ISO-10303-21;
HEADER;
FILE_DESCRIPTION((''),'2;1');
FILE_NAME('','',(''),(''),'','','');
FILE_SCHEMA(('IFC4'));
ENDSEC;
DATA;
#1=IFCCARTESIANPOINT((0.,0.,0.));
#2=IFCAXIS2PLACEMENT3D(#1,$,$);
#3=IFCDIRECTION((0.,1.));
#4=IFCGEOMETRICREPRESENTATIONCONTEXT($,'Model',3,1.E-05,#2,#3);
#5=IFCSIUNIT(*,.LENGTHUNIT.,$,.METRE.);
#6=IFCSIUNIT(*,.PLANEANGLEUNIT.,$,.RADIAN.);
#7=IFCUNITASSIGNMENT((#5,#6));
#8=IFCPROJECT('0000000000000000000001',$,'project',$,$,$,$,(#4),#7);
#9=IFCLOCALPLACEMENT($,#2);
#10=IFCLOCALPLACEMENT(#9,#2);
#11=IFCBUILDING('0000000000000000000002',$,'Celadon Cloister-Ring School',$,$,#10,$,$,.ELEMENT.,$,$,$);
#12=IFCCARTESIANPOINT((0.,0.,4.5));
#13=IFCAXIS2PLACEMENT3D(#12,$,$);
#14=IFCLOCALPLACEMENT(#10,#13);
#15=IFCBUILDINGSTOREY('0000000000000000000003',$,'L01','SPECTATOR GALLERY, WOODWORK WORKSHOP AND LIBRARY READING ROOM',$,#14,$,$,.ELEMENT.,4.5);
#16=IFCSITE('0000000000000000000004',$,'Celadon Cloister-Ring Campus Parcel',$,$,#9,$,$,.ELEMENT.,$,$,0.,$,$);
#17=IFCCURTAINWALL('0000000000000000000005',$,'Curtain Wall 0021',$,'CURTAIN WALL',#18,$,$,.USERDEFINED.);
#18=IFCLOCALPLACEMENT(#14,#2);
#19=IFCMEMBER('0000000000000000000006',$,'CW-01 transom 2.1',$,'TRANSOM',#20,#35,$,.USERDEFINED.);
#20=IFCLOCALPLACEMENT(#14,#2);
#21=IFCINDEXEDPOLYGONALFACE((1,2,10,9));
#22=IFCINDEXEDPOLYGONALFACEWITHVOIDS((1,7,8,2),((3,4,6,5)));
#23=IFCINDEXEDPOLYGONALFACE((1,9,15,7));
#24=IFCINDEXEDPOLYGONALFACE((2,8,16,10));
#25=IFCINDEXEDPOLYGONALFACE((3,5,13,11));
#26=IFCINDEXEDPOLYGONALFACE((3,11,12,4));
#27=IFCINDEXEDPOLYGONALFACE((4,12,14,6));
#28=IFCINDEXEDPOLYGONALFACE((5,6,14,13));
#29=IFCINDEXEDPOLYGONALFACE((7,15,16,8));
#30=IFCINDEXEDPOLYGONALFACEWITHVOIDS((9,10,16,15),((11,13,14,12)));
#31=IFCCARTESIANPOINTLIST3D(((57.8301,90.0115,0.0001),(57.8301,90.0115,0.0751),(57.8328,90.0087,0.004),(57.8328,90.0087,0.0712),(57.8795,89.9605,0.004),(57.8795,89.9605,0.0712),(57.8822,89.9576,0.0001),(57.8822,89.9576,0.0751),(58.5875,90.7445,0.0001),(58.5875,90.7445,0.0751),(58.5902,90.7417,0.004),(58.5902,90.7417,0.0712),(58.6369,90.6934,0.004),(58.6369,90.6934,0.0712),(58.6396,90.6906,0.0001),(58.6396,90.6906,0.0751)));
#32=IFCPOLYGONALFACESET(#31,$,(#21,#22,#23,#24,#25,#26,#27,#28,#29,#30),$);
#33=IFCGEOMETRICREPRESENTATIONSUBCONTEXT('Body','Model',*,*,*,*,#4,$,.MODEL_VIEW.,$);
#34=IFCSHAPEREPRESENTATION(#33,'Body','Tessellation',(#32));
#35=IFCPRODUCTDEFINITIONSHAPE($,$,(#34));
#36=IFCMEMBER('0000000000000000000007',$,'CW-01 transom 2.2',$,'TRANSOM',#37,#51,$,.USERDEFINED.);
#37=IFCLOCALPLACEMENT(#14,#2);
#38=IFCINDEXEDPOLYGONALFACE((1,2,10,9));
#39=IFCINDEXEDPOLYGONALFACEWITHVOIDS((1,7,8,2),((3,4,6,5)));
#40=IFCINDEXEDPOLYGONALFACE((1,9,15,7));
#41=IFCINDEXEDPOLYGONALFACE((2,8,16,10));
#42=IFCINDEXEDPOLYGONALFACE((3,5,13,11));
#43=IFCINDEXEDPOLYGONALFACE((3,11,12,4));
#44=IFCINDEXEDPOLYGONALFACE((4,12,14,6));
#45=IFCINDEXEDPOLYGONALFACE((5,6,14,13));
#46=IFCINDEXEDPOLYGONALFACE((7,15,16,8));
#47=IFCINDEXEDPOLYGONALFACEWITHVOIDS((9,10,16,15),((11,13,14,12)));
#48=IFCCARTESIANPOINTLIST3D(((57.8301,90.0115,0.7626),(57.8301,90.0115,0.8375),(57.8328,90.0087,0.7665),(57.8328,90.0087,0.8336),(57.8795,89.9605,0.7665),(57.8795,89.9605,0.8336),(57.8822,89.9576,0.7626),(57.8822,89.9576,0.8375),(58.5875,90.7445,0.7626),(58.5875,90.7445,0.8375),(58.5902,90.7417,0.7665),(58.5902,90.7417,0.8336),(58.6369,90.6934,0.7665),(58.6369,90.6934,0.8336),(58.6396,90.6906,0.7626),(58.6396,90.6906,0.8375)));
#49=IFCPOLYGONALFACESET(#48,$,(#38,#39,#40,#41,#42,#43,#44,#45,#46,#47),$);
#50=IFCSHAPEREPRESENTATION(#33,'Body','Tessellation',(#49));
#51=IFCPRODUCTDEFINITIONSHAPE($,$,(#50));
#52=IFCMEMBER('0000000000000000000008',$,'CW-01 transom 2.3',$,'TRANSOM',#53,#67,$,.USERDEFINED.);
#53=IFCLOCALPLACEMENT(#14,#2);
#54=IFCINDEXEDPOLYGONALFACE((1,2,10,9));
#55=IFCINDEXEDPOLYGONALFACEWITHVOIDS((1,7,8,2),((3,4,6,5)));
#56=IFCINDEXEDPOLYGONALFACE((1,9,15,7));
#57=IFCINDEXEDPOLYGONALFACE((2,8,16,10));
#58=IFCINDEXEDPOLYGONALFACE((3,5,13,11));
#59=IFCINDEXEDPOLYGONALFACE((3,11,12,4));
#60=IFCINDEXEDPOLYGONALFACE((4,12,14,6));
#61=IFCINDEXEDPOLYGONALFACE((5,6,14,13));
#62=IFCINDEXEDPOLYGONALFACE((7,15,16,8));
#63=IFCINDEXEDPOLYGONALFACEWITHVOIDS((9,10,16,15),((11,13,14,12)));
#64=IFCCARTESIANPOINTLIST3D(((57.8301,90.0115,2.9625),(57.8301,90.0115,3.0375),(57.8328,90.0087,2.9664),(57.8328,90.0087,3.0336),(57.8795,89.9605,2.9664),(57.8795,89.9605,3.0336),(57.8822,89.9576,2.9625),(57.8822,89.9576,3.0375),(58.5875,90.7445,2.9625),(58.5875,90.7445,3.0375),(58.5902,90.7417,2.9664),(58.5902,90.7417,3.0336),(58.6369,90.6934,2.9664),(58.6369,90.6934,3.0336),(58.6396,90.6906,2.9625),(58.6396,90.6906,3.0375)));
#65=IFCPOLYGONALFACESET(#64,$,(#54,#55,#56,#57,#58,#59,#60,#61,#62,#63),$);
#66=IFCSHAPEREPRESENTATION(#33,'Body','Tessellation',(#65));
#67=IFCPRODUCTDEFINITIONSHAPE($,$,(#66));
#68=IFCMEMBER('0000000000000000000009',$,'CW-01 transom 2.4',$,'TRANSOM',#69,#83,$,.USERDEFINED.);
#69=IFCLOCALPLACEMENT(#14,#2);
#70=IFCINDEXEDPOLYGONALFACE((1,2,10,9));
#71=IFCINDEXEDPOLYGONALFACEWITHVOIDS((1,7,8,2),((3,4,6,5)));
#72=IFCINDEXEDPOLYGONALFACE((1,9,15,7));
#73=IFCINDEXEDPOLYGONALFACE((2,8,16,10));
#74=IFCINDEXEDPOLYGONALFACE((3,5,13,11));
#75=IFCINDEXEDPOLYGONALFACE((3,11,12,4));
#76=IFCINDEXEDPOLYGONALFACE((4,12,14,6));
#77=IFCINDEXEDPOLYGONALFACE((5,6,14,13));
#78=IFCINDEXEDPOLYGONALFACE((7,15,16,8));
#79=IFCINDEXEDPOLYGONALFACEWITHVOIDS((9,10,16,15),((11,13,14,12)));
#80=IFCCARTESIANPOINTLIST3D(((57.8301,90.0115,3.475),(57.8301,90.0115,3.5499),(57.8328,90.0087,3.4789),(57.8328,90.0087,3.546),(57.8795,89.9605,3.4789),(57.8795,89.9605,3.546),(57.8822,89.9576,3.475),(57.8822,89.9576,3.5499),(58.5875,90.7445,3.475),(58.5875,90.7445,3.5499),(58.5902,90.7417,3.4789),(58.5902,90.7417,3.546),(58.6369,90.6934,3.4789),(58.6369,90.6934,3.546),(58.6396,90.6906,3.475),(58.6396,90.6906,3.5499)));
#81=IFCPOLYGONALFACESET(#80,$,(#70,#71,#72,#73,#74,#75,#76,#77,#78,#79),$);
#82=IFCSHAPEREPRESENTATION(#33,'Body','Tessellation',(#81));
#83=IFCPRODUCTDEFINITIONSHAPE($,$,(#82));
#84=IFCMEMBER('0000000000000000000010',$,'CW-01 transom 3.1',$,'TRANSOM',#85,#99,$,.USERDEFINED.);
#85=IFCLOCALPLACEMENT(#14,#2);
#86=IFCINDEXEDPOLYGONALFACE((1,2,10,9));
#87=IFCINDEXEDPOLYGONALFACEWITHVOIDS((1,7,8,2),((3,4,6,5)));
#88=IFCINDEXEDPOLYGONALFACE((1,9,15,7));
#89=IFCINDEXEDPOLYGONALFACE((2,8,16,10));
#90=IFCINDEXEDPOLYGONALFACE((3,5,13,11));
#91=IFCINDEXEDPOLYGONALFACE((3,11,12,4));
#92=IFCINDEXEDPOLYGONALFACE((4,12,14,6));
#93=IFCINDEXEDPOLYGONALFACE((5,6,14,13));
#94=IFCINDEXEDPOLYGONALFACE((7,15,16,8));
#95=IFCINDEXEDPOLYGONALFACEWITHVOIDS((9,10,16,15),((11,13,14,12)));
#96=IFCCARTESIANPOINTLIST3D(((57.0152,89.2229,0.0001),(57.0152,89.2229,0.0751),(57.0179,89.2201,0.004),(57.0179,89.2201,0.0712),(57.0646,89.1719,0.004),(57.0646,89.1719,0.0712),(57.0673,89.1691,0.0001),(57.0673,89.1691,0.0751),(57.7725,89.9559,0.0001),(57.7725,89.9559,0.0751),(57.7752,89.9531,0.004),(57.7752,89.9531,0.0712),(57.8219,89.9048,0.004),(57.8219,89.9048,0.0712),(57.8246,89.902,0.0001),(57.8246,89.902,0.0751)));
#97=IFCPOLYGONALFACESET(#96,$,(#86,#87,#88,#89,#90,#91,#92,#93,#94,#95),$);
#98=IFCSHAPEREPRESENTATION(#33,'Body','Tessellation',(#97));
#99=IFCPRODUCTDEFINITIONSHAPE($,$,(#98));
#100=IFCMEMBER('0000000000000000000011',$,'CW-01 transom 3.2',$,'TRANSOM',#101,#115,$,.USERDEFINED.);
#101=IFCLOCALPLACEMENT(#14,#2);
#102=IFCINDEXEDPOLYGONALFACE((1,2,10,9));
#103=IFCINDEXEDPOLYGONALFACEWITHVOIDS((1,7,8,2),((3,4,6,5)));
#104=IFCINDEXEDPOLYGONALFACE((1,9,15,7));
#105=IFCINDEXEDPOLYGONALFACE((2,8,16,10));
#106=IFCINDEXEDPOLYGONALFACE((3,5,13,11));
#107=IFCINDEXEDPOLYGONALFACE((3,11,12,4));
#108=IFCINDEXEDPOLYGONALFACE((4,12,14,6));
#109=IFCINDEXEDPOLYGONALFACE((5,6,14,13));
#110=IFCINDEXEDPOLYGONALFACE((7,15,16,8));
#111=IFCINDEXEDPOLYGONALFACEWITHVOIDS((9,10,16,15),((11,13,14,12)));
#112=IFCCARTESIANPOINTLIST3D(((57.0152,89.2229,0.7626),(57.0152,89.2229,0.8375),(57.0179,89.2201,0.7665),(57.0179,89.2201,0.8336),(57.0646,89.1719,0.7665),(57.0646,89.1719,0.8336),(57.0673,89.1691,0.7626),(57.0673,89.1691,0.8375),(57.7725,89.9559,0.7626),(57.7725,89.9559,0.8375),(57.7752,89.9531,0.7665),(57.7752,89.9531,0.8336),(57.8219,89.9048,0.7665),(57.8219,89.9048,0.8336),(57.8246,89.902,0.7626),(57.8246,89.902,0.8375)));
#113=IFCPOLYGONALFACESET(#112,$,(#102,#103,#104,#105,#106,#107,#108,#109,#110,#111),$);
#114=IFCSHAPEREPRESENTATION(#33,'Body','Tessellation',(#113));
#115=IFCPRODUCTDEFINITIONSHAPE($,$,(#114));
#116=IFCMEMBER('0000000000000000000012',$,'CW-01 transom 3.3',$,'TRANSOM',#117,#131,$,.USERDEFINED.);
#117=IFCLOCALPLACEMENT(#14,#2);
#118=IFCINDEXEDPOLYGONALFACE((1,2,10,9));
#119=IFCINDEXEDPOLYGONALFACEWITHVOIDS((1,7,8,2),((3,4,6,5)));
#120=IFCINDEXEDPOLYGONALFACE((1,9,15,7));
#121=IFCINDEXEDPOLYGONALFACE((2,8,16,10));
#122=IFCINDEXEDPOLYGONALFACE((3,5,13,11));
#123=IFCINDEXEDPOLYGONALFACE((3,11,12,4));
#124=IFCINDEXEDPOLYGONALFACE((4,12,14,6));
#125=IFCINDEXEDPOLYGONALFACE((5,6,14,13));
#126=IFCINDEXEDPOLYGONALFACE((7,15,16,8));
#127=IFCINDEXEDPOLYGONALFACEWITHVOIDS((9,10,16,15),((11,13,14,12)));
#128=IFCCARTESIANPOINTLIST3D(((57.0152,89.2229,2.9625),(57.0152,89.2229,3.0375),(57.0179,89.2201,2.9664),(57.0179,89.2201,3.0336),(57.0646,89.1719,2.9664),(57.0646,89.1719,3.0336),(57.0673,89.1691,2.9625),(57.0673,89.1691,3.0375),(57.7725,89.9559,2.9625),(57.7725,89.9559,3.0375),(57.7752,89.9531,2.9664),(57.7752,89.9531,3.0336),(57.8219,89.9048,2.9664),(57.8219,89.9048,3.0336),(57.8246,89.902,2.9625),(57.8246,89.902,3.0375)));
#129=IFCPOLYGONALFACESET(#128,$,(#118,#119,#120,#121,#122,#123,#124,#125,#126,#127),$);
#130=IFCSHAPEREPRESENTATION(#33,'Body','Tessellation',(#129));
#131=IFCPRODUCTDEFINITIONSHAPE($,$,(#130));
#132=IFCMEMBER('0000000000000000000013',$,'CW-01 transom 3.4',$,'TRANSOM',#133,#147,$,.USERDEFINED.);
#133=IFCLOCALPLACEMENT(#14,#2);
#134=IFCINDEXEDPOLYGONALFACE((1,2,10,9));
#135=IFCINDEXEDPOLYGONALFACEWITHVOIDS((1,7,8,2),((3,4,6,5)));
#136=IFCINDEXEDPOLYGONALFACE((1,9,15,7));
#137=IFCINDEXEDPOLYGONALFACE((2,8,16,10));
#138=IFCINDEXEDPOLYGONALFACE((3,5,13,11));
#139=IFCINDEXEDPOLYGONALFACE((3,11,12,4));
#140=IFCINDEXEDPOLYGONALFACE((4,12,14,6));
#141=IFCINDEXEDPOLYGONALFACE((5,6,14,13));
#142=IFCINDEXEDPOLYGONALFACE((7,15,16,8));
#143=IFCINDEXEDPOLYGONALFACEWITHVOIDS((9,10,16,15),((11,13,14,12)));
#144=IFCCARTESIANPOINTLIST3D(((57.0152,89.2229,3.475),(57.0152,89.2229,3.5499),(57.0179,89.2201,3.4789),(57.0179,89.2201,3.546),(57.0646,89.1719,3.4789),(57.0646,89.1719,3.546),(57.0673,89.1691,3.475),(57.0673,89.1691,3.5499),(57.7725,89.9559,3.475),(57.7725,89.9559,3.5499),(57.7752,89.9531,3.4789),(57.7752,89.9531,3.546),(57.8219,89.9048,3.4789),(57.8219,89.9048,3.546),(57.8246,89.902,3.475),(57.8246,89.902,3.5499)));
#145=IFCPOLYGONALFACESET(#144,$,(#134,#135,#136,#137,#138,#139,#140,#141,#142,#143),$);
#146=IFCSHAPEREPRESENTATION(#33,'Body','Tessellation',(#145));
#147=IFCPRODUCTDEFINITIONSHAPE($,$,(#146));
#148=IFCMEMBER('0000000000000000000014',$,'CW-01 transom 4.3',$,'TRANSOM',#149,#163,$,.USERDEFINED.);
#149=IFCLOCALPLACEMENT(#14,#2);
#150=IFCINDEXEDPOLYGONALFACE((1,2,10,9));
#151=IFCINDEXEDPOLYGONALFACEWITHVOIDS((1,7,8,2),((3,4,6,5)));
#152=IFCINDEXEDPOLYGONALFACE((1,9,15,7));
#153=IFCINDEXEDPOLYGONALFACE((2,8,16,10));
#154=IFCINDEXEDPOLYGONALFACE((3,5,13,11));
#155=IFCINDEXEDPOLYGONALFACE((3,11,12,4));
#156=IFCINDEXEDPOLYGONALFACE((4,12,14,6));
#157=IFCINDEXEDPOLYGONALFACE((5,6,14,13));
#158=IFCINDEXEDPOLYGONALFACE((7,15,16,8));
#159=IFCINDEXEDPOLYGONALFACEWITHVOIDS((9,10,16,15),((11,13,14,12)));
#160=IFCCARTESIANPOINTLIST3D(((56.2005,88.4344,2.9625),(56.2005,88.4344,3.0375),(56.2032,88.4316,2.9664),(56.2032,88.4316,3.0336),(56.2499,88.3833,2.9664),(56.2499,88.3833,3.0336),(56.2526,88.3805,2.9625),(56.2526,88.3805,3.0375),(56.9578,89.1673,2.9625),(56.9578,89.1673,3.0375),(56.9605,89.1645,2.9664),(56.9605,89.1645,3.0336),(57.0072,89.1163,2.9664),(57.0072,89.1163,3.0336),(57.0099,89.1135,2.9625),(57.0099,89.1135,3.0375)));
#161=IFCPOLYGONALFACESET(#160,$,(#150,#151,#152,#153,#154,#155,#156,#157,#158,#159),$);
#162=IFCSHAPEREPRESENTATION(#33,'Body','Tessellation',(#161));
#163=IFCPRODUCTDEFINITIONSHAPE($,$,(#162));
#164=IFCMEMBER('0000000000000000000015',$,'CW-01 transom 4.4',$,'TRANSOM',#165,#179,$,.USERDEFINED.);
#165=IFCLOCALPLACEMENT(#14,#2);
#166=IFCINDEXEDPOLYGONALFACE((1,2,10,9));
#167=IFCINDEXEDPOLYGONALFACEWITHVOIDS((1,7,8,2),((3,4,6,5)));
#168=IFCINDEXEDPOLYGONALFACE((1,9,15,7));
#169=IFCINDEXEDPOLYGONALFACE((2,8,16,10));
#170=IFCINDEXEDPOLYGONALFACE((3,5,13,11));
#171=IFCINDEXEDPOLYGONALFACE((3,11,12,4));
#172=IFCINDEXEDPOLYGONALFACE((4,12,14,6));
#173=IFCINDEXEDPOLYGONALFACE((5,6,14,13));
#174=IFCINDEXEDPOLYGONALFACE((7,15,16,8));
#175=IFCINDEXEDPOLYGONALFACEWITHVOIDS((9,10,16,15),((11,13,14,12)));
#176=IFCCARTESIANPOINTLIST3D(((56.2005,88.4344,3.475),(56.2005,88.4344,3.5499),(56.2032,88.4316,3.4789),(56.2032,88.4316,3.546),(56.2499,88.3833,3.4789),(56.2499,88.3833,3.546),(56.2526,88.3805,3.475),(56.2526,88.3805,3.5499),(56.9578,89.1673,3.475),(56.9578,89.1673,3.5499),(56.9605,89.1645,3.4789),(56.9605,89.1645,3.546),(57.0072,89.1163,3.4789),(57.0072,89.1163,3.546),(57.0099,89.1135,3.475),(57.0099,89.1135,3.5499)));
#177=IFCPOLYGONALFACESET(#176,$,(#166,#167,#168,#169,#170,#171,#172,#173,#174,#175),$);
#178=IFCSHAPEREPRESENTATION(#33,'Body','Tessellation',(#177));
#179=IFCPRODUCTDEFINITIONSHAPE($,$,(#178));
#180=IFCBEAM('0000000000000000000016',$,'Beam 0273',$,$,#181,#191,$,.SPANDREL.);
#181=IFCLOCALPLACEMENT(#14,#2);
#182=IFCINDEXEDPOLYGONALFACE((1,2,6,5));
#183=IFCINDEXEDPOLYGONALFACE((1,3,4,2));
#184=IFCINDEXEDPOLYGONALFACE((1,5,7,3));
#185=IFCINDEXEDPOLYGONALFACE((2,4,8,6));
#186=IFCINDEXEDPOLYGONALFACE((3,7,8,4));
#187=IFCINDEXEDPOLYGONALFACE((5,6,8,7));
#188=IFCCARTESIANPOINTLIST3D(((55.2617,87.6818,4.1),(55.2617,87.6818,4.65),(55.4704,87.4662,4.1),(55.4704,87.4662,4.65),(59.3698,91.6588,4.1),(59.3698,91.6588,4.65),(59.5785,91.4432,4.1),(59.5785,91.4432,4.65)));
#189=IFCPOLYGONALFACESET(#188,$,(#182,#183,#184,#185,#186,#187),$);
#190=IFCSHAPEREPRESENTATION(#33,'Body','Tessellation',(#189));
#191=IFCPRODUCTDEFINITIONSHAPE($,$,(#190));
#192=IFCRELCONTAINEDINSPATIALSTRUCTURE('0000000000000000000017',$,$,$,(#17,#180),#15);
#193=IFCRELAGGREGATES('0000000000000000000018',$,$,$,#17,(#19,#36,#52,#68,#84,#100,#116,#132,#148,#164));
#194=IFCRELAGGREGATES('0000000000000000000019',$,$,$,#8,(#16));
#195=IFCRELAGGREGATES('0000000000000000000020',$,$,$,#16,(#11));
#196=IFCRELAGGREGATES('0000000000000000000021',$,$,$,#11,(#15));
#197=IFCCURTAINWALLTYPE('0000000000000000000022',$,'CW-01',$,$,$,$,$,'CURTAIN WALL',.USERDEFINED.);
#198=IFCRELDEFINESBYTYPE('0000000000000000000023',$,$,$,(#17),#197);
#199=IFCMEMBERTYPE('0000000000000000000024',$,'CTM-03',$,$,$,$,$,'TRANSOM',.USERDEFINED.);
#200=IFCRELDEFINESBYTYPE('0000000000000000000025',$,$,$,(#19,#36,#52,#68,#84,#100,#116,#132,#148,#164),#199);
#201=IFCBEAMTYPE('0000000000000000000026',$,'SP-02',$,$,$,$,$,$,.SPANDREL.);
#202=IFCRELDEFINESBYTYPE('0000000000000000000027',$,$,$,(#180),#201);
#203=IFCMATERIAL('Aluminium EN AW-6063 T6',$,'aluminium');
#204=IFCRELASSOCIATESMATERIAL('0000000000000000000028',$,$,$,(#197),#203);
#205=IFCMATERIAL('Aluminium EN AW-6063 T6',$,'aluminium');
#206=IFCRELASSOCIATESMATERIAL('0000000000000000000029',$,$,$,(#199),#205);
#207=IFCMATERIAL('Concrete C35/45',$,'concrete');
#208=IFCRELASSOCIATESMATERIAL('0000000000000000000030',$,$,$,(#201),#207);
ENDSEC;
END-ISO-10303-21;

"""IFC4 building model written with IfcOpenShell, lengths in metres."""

from ifc_helpers import new_model, si_unit, direction, frame, origin, origin_2d, place, context, subcontext, project, spatial, rectangle, hollow_rectangle, extrude, material, material_profile, profile_set, type_object, element, aggregate, save


model = new_model("IFC4")

# Units and contexts
model_context = context("Model", 3, precision=1e-05, world=origin(), true_north=direction((0.0, 1.0)))
body_context = subcontext(model_context, "Body", "Model", "MODEL_VIEW")
ifc_project = project(units=[si_unit("LENGTHUNIT", "METRE"), si_unit("PLANEANGLEUNIT", "RADIAN")], contexts=[model_context])

# Site, building, storey
site_placement = place(None, origin())
site = spatial("IfcSite", under=ifc_project, at=site_placement, Name="Celadon Cloister-Ring Campus Parcel", CompositionType="ELEMENT", RefElevation=0.0)
building_placement = place(site_placement, origin())
building = spatial("IfcBuilding", under=site, at=building_placement, Name="Celadon Cloister-Ring School", CompositionType="ELEMENT")
storey_placement = place(building_placement, frame((0.0, 0.0, 4.5)))
storey = spatial("IfcBuildingStorey", under=building, at=storey_placement, Name="L01", Description="SPECTATOR GALLERY, WOODWORK WORKSHOP AND LIBRARY READING ROOM", CompositionType="ELEMENT", Elevation=4.5)

# Curtain wall, members
ifc_material_1 = material(Name="Aluminium EN AW-6063 T6", Category="aluminium")
curtain_wall_type = type_object("IfcCurtainWallType", Name="CW-01", ElementType="CURTAIN WALL", PredefinedType="USERDEFINED", material=ifc_material_1)
curtain_wall_placement = place(storey_placement, origin())
curtain_wall = element("IfcCurtainWall", 1, at=curtain_wall_placement, inside=storey, type_object=curtain_wall_type, Name="Curtain Wall 0021", ObjectType="CURTAIN WALL", PredefinedType="USERDEFINED")
ifc_material_2 = material(Name="Aluminium EN AW-6063 T6", Category="aluminium")
ifc_material_profile_1 = material_profile(ifc_material_2, hollow_rectangle(XDim=0.075, YDim=0.075, WallThickness=0.0039, at=origin_2d()), Name="RHS75X75X4")
ifc_profile_set_1 = profile_set([ifc_material_profile_1], Name="Aluminium EN AW-6063 T6")
member_type_1 = type_object("IfcMemberType", Name="CTM-03", ElementType="TRANSOM", PredefinedType="USERDEFINED", material=ifc_profile_set_1)
member_1_placement = place(storey_placement, frame((58.6135, 90.7175, 0.0376), z_axis=(-0.718595, -0.695429, 0.0), x_axis=(0.695429, -0.718595, 0.0)))
member_1 = element("IfcMember", 2, at=member_1_placement, type_object=member_type_1, Name="CW-01 transom 2.1", ObjectType="TRANSOM", PredefinedType="USERDEFINED", context=body_context, shape_type="SweptSolid", body=[
    extrude(hollow_rectangle(XDim=0.075, YDim=0.075, WallThickness=0.0039, at=origin_2d()), origin(), (0.0, 0.0, 1.0), 1.054),
])
member_2_placement = place(storey_placement, frame((58.6135, 90.7175, 0.8), z_axis=(-0.718595, -0.695429, 0.0), x_axis=(0.695429, -0.718595, 0.0)))
member_2 = element("IfcMember", 3, at=member_2_placement, type_object=member_type_1, Name="CW-01 transom 2.2", ObjectType="TRANSOM", PredefinedType="USERDEFINED", context=body_context, shape_type="SweptSolid", body=[
    extrude(hollow_rectangle(XDim=0.075, YDim=0.075, WallThickness=0.0039, at=origin_2d()), origin(), (0.0, 0.0, 1.0), 1.054),
])
member_3_placement = place(storey_placement, frame((58.6135, 90.7175, 3.0), z_axis=(-0.718595, -0.695429, 0.0), x_axis=(0.695429, -0.718595, 0.0)))
member_3 = element("IfcMember", 4, at=member_3_placement, type_object=member_type_1, Name="CW-01 transom 2.3", ObjectType="TRANSOM", PredefinedType="USERDEFINED", context=body_context, shape_type="SweptSolid", body=[
    extrude(hollow_rectangle(XDim=0.075, YDim=0.075, WallThickness=0.0039, at=origin_2d()), origin(), (0.0, 0.0, 1.0), 1.054),
])
member_4_placement = place(storey_placement, frame((58.6135, 90.7175, 3.5125), z_axis=(-0.718595, -0.695429, 0.0), x_axis=(0.695429, -0.718595, 0.0)))
member_4 = element("IfcMember", 5, at=member_4_placement, type_object=member_type_1, Name="CW-01 transom 2.4", ObjectType="TRANSOM", PredefinedType="USERDEFINED", context=body_context, shape_type="SweptSolid", body=[
    extrude(hollow_rectangle(XDim=0.075, YDim=0.075, WallThickness=0.0039, at=origin_2d()), origin(), (0.0, 0.0, 1.0), 1.054),
])
member_5_placement = place(storey_placement, frame((57.7986, 89.929, 0.0376), z_axis=(-0.718595, -0.695429, 0.0), x_axis=(0.695429, -0.718595, 0.0)))
member_5 = element("IfcMember", 6, at=member_5_placement, type_object=member_type_1, Name="CW-01 transom 3.1", ObjectType="TRANSOM", PredefinedType="USERDEFINED", context=body_context, shape_type="SweptSolid", body=[
    extrude(hollow_rectangle(XDim=0.075, YDim=0.075, WallThickness=0.0039, at=origin_2d()), origin(), (0.0, 0.0, 1.0), 1.054),
])
member_6_placement = place(storey_placement, frame((57.7986, 89.929, 0.8), z_axis=(-0.718595, -0.695429, 0.0), x_axis=(0.695429, -0.718595, 0.0)))
member_6 = element("IfcMember", 7, at=member_6_placement, type_object=member_type_1, Name="CW-01 transom 3.2", ObjectType="TRANSOM", PredefinedType="USERDEFINED", context=body_context, shape_type="SweptSolid", body=[
    extrude(hollow_rectangle(XDim=0.075, YDim=0.075, WallThickness=0.0039, at=origin_2d()), origin(), (0.0, 0.0, 1.0), 1.054),
])
member_7_placement = place(storey_placement, frame((57.7986, 89.929, 3.0), z_axis=(-0.718595, -0.695429, 0.0), x_axis=(0.695429, -0.718595, 0.0)))
member_7 = element("IfcMember", 8, at=member_7_placement, type_object=member_type_1, Name="CW-01 transom 3.3", ObjectType="TRANSOM", PredefinedType="USERDEFINED", context=body_context, shape_type="SweptSolid", body=[
    extrude(hollow_rectangle(XDim=0.075, YDim=0.075, WallThickness=0.0039, at=origin_2d()), origin(), (0.0, 0.0, 1.0), 1.054),
])
member_8_placement = place(storey_placement, frame((57.7986, 89.929, 3.5125), z_axis=(-0.718595, -0.695429, 0.0), x_axis=(0.695429, -0.718595, 0.0)))
member_8 = element("IfcMember", 9, at=member_8_placement, type_object=member_type_1, Name="CW-01 transom 3.4", ObjectType="TRANSOM", PredefinedType="USERDEFINED", context=body_context, shape_type="SweptSolid", body=[
    extrude(hollow_rectangle(XDim=0.075, YDim=0.075, WallThickness=0.0039, at=origin_2d()), origin(), (0.0, 0.0, 1.0), 1.054),
])
member_9_placement = place(storey_placement, frame((56.9839, 89.1404, 3.0), z_axis=(-0.718595, -0.695429, 0.0), x_axis=(0.695429, -0.718595, 0.0)))
member_9 = element("IfcMember", 10, at=member_9_placement, type_object=member_type_1, Name="CW-01 transom 4.3", ObjectType="TRANSOM", PredefinedType="USERDEFINED", context=body_context, shape_type="SweptSolid", body=[
    extrude(hollow_rectangle(XDim=0.075, YDim=0.075, WallThickness=0.0039, at=origin_2d()), origin(), (0.0, 0.0, 1.0), 1.054),
])
member_10_placement = place(storey_placement, frame((56.9839, 89.1404, 3.5125), z_axis=(-0.718595, -0.695429, 0.0), x_axis=(0.695429, -0.718595, 0.0)))
member_10 = element("IfcMember", 11, at=member_10_placement, type_object=member_type_1, Name="CW-01 transom 4.4", ObjectType="TRANSOM", PredefinedType="USERDEFINED", context=body_context, shape_type="SweptSolid", body=[
    extrude(hollow_rectangle(XDim=0.075, YDim=0.075, WallThickness=0.0039, at=origin_2d()), origin(), (0.0, 0.0, 1.0), 1.054),
])

# Beam
ifc_material_3 = material(Name="Concrete C35/45", Category="concrete")
ifc_material_profile_2 = material_profile(ifc_material_3, rectangle(XDim=0.3, YDim=0.55, at=origin_2d()), Name="RC300X550")
ifc_profile_set_2 = profile_set([ifc_material_profile_2], Name="Concrete C35/45")
beam_type = type_object("IfcBeamType", Name="SP-02", PredefinedType="SPANDREL", material=ifc_profile_set_2)
beam_placement = place(storey_placement, frame((59.4741, 91.551, 4.375), z_axis=(-0.718478, -0.695549, 0.0), x_axis=(0.695549, -0.718478, 0.0)))
element("IfcBeam", 12, at=beam_placement, inside=storey, type_object=beam_type, Name="Beam 0273", PredefinedType="SPANDREL", context=body_context, shape_type="SweptSolid", body=[
    extrude(rectangle(XDim=0.3, YDim=0.55, at=origin_2d()), origin(), (0.0, 0.0, 1.0), 5.7178),
])

aggregate(curtain_wall, [member_1, member_2, member_3, member_4, member_5, member_6, member_7, member_8, member_9, member_10])

save(model, "model.ifc")
